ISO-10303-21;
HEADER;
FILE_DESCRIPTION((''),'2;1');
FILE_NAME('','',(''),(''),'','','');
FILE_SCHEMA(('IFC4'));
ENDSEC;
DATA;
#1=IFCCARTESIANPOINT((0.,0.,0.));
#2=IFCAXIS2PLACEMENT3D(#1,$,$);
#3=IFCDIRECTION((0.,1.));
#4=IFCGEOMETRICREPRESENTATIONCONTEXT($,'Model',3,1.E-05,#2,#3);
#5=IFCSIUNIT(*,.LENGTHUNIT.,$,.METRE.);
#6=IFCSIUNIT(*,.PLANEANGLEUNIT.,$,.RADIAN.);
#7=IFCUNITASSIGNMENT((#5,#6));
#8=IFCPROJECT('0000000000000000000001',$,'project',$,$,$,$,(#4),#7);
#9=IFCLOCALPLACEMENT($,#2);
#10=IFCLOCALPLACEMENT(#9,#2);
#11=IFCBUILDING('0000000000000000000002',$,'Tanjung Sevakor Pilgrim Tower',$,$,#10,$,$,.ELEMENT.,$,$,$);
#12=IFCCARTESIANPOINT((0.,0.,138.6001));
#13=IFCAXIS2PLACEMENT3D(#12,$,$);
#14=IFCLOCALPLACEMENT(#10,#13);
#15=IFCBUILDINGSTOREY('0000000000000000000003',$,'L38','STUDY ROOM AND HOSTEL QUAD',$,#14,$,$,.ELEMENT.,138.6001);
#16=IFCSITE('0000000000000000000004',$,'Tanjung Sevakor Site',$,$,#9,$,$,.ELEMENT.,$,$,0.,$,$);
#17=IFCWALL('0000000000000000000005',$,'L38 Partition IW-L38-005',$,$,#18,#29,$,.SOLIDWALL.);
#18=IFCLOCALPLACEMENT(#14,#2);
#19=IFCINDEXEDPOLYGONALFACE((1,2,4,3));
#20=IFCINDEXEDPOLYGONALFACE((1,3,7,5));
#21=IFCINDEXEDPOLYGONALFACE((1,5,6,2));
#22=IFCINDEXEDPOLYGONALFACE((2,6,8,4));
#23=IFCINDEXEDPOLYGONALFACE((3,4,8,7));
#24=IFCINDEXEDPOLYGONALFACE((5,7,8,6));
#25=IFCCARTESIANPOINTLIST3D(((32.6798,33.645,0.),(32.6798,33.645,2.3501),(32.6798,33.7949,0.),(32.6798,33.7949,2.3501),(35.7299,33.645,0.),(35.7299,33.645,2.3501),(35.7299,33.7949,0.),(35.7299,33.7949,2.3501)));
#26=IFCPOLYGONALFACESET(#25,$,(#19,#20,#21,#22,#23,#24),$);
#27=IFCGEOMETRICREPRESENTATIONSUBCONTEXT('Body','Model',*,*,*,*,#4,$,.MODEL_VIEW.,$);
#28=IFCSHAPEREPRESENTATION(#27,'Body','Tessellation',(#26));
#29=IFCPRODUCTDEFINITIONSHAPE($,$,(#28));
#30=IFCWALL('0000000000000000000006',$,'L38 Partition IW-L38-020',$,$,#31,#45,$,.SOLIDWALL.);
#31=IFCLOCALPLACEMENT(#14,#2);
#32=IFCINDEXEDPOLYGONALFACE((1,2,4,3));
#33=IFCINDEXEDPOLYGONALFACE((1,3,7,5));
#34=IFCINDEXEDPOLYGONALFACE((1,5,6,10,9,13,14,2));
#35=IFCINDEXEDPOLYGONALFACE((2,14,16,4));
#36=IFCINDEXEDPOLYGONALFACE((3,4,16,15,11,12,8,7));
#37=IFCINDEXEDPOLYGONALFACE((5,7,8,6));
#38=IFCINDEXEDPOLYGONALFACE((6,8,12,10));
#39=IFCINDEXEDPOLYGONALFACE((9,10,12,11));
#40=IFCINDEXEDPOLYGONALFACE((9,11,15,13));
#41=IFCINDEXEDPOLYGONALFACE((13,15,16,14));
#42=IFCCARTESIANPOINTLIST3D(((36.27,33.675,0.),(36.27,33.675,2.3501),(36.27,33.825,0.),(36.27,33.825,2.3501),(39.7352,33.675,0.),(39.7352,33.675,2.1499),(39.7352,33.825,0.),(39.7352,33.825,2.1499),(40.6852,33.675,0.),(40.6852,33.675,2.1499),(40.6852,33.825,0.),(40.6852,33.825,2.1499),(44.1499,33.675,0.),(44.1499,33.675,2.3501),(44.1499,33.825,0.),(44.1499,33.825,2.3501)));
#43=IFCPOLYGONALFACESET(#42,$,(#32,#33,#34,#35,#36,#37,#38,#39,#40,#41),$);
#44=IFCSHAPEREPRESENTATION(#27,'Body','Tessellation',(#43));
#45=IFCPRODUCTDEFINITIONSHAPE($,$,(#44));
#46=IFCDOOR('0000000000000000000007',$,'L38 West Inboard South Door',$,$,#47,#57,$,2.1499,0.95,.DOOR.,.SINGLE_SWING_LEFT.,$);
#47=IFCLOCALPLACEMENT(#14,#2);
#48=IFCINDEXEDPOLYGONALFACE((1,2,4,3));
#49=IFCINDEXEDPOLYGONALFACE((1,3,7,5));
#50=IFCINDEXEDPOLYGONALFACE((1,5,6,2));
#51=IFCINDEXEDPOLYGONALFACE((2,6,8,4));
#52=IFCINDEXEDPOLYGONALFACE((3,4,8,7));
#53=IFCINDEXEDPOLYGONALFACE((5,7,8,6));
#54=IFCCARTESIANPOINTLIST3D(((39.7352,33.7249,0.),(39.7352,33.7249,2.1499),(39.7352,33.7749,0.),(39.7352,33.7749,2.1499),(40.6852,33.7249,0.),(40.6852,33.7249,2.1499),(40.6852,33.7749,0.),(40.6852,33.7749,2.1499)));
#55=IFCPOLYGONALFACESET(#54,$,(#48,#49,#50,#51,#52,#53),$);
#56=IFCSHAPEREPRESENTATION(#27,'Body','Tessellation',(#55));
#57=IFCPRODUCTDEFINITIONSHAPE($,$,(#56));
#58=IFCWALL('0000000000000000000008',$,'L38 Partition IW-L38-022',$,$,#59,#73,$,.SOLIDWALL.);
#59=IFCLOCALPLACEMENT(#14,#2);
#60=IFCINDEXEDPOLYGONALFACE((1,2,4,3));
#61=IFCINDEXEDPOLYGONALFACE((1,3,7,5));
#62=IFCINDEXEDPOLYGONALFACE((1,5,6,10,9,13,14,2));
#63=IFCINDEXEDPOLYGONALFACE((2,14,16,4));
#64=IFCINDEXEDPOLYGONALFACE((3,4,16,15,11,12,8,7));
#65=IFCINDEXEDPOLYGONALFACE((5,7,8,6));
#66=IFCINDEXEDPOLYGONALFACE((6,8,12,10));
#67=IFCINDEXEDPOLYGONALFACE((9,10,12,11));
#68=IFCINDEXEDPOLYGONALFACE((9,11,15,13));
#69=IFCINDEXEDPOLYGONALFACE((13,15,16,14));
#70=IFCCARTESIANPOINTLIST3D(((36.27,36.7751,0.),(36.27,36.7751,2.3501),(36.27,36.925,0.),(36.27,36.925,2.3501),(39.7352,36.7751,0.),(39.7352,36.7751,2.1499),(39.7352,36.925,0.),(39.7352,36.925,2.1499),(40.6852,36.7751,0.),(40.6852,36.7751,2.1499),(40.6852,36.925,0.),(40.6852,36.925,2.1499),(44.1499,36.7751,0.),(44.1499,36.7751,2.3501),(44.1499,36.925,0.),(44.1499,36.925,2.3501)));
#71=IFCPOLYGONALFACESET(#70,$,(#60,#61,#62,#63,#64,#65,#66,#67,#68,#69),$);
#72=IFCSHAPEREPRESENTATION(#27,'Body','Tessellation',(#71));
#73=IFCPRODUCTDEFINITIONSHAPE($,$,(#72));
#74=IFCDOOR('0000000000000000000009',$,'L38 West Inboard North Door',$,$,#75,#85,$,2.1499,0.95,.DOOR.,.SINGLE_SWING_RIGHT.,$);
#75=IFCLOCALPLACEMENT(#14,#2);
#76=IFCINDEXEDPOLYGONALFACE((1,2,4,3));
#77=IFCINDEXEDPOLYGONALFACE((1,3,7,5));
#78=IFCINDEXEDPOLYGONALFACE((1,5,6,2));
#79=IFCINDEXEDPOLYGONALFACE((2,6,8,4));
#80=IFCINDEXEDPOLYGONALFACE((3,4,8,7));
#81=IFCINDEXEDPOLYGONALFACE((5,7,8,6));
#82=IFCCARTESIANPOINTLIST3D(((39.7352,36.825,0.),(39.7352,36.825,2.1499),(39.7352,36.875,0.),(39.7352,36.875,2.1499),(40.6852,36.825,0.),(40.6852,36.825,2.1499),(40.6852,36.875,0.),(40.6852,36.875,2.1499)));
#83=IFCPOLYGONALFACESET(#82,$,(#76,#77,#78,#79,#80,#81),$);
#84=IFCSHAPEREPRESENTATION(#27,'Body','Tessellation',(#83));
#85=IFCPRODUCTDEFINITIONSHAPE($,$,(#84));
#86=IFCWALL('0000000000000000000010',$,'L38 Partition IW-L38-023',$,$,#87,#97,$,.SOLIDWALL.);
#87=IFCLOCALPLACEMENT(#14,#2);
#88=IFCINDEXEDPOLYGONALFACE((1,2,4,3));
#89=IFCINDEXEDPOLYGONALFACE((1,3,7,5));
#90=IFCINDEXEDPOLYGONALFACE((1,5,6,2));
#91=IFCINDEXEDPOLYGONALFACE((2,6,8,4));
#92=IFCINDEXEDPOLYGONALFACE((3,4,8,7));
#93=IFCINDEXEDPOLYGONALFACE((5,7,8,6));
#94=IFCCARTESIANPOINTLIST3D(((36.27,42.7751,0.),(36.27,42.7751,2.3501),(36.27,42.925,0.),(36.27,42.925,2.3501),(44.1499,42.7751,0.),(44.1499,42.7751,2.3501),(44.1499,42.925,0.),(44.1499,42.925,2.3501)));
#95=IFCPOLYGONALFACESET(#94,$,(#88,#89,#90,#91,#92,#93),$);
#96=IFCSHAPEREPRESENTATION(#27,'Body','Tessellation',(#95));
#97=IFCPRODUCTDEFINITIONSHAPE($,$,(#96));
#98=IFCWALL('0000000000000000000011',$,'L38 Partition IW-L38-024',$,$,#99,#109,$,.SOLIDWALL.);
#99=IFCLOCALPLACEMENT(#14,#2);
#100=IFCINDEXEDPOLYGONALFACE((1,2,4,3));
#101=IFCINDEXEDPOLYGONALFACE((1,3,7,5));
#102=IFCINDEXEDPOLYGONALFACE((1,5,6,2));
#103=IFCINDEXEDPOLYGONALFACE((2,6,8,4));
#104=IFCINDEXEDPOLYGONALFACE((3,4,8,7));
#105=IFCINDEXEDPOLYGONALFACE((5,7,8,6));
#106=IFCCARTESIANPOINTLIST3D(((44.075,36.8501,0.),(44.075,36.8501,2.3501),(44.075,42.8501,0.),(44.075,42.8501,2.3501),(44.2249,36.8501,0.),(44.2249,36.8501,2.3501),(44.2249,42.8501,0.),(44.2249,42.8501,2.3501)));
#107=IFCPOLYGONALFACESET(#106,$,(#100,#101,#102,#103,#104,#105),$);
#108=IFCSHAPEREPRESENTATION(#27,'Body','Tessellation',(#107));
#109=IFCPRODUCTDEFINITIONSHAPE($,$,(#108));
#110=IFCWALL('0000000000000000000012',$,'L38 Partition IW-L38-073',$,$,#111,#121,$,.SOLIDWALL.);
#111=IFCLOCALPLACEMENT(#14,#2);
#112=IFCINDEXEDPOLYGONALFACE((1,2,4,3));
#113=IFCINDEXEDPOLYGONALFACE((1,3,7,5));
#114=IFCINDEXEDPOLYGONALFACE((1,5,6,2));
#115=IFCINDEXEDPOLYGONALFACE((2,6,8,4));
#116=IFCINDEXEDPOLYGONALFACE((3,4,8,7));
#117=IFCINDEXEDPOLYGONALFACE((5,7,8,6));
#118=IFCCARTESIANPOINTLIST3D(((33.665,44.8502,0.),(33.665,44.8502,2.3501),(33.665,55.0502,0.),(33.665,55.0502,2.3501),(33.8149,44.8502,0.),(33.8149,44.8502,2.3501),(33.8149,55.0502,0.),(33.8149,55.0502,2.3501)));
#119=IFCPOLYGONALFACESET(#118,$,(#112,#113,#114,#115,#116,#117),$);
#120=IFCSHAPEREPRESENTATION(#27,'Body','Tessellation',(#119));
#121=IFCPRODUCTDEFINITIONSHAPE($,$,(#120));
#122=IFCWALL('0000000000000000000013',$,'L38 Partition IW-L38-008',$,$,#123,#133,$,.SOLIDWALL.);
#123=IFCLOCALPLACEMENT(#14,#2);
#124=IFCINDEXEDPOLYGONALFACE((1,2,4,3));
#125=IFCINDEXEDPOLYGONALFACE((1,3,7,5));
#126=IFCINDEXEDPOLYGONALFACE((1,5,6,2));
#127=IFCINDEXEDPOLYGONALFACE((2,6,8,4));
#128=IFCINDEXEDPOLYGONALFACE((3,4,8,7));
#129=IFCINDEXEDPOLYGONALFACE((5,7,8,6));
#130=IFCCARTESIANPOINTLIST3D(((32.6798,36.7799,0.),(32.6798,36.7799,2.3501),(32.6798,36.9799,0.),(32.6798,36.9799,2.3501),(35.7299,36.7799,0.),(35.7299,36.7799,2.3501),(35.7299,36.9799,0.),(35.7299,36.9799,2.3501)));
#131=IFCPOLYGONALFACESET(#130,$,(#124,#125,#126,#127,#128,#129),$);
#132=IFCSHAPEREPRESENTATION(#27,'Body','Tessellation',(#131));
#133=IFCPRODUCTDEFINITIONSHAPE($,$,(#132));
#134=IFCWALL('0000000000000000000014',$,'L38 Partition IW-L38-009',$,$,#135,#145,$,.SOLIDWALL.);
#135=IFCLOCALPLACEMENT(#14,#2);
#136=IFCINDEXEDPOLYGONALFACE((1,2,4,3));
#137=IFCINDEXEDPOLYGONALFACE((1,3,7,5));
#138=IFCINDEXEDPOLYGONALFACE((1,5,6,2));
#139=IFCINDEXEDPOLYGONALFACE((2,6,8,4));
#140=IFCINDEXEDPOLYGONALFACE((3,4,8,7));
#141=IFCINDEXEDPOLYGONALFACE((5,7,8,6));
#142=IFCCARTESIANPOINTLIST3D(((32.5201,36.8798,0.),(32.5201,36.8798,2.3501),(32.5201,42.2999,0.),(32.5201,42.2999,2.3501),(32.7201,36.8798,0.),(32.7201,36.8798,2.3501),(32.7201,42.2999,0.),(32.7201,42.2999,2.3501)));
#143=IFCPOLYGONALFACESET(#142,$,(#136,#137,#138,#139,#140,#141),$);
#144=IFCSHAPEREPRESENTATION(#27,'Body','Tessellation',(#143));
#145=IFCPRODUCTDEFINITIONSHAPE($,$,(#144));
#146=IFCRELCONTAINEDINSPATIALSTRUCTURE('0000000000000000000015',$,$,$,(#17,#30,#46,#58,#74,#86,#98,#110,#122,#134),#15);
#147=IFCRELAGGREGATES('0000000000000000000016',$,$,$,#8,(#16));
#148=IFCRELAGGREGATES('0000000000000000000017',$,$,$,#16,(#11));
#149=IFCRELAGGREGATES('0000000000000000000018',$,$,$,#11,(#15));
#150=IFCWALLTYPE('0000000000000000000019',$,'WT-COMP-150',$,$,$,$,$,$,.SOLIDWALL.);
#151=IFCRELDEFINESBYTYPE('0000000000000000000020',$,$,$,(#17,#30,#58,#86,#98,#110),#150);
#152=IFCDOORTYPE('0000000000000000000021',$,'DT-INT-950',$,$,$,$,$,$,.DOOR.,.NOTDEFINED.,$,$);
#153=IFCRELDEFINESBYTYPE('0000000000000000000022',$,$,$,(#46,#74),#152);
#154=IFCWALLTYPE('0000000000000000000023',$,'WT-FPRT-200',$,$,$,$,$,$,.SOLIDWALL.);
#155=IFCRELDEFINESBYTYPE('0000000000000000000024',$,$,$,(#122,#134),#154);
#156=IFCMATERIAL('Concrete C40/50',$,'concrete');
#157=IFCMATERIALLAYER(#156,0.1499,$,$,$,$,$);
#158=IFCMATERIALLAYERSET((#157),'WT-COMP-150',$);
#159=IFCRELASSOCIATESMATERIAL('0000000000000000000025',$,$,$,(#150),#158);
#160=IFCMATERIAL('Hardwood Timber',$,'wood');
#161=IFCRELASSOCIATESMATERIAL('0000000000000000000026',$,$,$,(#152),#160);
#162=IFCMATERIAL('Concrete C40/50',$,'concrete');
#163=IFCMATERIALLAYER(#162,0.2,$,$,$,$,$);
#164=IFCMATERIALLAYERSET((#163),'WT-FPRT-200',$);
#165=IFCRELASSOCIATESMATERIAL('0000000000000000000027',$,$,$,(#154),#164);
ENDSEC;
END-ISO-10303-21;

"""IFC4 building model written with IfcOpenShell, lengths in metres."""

from ifc_helpers import new_model, si_unit, direction, frame, frame_2d, origin, place, context, subcontext, project, spatial, rectangle, extrude, material, layer, layer_set, type_object, element, fill, save


model = new_model("IFC4")

# Units and contexts
model_context = context("Model", 3, precision=1e-05, world=origin(), true_north=direction((0.0, 1.0)))
body_context = subcontext(model_context, "Body", "Model", "MODEL_VIEW")
ifc_project = project(units=[si_unit("LENGTHUNIT", "METRE"), si_unit("PLANEANGLEUNIT", "RADIAN")], contexts=[model_context])

# Site, building, storey
site_placement = place(None, origin())
site = spatial("IfcSite", under=ifc_project, at=site_placement, Name="Tanjung Sevakor Site", CompositionType="ELEMENT", RefElevation=0.0)
building_placement = place(site_placement, origin())
building = spatial("IfcBuilding", under=site, at=building_placement, Name="Tanjung Sevakor Pilgrim Tower", CompositionType="ELEMENT")
storey_placement = place(building_placement, frame((0.0, 0.0, 138.6001)))
storey = spatial("IfcBuildingStorey", under=building, at=storey_placement, Name="L38", Description="STUDY ROOM AND HOSTEL QUAD", CompositionType="ELEMENT", Elevation=138.6001)

# Shared definitions
ifc_material_1 = material(Name="Concrete C40/50", Category="concrete")
ifc_layer_1 = layer(ifc_material_1, 0.1499)
ifc_layer_set_1 = layer_set([ifc_layer_1], Name="WT-COMP-150")
wall_type_1 = type_object("IfcWallType", Name="WT-COMP-150", PredefinedType="SOLIDWALL", material=ifc_layer_set_1)

# Wall
wall_1_placement = place(storey_placement, frame((32.6799, 33.72, 0.0), z_axis=(0.0, 0.0, 1.0), x_axis=(1.0, 0.0, 0.0)))
element("IfcWall", 1, at=wall_1_placement, inside=storey, type_object=wall_type_1, Name="L38 Partition IW-L38-005", PredefinedType="SOLIDWALL", context=body_context, shape_type="SweptSolid", body=[
    extrude(rectangle(XDim=3.05, YDim=0.1499, at=frame_2d((1.5249, 0.0))), origin(), (0.0, 0.0, 1.0), 2.3501),
])

# Walls, openings, doors
wall_2_placement = place(storey_placement, frame((36.27, 33.75, 0.0), z_axis=(0.0, 0.0, 1.0), x_axis=(1.0, 0.0, 0.0)))
wall_2 = element("IfcWall", 2, at=wall_2_placement, inside=storey, type_object=wall_type_1, Name="L38 Partition IW-L38-020", PredefinedType="SOLIDWALL", context=body_context, shape_type="SweptSolid", body=[
    extrude(rectangle(XDim=7.8799, YDim=0.1499, at=frame_2d((3.9399, 0.0))), origin(), (0.0, 0.0, 1.0), 2.3501),
])
opening_1_placement = place(wall_2_placement, frame((3.4651, 0.0, 0.0)))
opening_1 = element("IfcOpeningElement", 3, at=opening_1_placement, cuts=wall_2, PredefinedType="OPENING", context=body_context, shape_type="SweptSolid", body=[
    extrude(rectangle(XDim=0.95, YDim=2.1499, at=frame_2d((0.4751, 1.075))), frame((0.0, 0.085, 0.0), z_axis=(0.0, -1.0, 0.0), x_axis=(1.0, 0.0, 0.0)), (0.0, 0.0, 1.0), 0.1699),
])
ifc_material_2 = material(Name="Hardwood Timber", Category="wood")
door_type_1 = type_object("IfcDoorType", Name="DT-INT-950", OperationType="NOTDEFINED", PredefinedType="DOOR", material=ifc_material_2)
door_1_placement = place(opening_1_placement, origin())
door_1 = element("IfcDoor", 4, at=door_1_placement, inside=storey, type_object=door_type_1, Name="L38 West Inboard South Door", OperationType="SINGLE_SWING_LEFT", OverallHeight=2.1499, OverallWidth=0.95, PredefinedType="DOOR", context=body_context, shape_type="SweptSolid", body=[
    extrude(rectangle(XDim=0.95, YDim=2.1499, at=frame_2d((0.4751, 1.075))), frame((0.0, 0.0249, 0.0), z_axis=(0.0, -1.0, 0.0), x_axis=(1.0, 0.0, 0.0)), (0.0, 0.0, 1.0), 0.05),
])
fill(opening_1, door_1)
wall_3_placement = place(storey_placement, frame((36.27, 36.8501, 0.0), z_axis=(0.0, 0.0, 1.0), x_axis=(1.0, 0.0, 0.0)))
wall_3 = element("IfcWall", 5, at=wall_3_placement, inside=storey, type_object=wall_type_1, Name="L38 Partition IW-L38-022", PredefinedType="SOLIDWALL", context=body_context, shape_type="SweptSolid", body=[
    extrude(rectangle(XDim=7.8799, YDim=0.1499, at=frame_2d((3.9399, 0.0))), origin(), (0.0, 0.0, 1.0), 2.3501),
])
opening_2_placement = place(wall_3_placement, frame((3.4651, 0.0, 0.0)))
opening_2 = element("IfcOpeningElement", 6, at=opening_2_placement, cuts=wall_3, PredefinedType="OPENING", context=body_context, shape_type="SweptSolid", body=[
    extrude(rectangle(XDim=0.95, YDim=2.1499, at=frame_2d((0.4751, 1.075))), frame((0.0, 0.085, 0.0), z_axis=(0.0, -1.0, 0.0), x_axis=(1.0, 0.0, 0.0)), (0.0, 0.0, 1.0), 0.1699),
])
door_2_placement = place(opening_2_placement, origin())
door_2 = element("IfcDoor", 7, at=door_2_placement, inside=storey, type_object=door_type_1, Name="L38 West Inboard North Door", OperationType="SINGLE_SWING_RIGHT", OverallHeight=2.1499, OverallWidth=0.95, PredefinedType="DOOR", context=body_context, shape_type="SweptSolid", body=[
    extrude(rectangle(XDim=0.95, YDim=2.1499, at=frame_2d((0.4751, 1.075))), frame((0.0, 0.0249, 0.0), z_axis=(0.0, -1.0, 0.0), x_axis=(1.0, 0.0, 0.0)), (0.0, 0.0, 1.0), 0.05),
])
fill(opening_2, door_2)

# Walls
wall_4_placement = place(storey_placement, frame((36.27, 42.8501, 0.0), z_axis=(0.0, 0.0, 1.0), x_axis=(1.0, 0.0, 0.0)))
element("IfcWall", 8, at=wall_4_placement, inside=storey, type_object=wall_type_1, Name="L38 Partition IW-L38-023", PredefinedType="SOLIDWALL", context=body_context, shape_type="SweptSolid", body=[
    extrude(rectangle(XDim=7.8799, YDim=0.1499, at=frame_2d((3.9399, 0.0))), origin(), (0.0, 0.0, 1.0), 2.3501),
])
wall_5_placement = place(storey_placement, frame((44.1499, 36.8501, 0.0), z_axis=(0.0, 0.0, 1.0), x_axis=(0.0, 1.0, 0.0)))
element("IfcWall", 9, at=wall_5_placement, inside=storey, type_object=wall_type_1, Name="L38 Partition IW-L38-024", PredefinedType="SOLIDWALL", context=body_context, shape_type="SweptSolid", body=[
    extrude(rectangle(XDim=6.0, YDim=0.1499, at=frame_2d((3.0, 0.0))), origin(), (0.0, 0.0, 1.0), 2.3501),
])
wall_6_placement = place(storey_placement, frame((33.74, 44.8501, 0.0), z_axis=(0.0, 0.0, 1.0), x_axis=(0.0, 1.0, 0.0)))
element("IfcWall", 10, at=wall_6_placement, inside=storey, type_object=wall_type_1, Name="L38 Partition IW-L38-073", PredefinedType="SOLIDWALL", context=body_context, shape_type="SweptSolid", body=[
    extrude(rectangle(XDim=10.2, YDim=0.1499, at=frame_2d((5.1001, 0.0))), origin(), (0.0, 0.0, 1.0), 2.3501),
])

# Walls
ifc_material_3 = material(Name="Concrete C40/50", Category="concrete")
ifc_layer_2 = layer(ifc_material_3, 0.2)
ifc_layer_set_2 = layer_set([ifc_layer_2], Name="WT-FPRT-200")
wall_type_2 = type_object("IfcWallType", Name="WT-FPRT-200", PredefinedType="SOLIDWALL", material=ifc_layer_set_2)
wall_7_placement = place(storey_placement, frame((32.6799, 36.8799, 0.0), z_axis=(0.0, 0.0, 1.0), x_axis=(1.0, 0.0, 0.0)))
element("IfcWall", 11, at=wall_7_placement, inside=storey, type_object=wall_type_2, Name="L38 Partition IW-L38-008", PredefinedType="SOLIDWALL", context=body_context, shape_type="SweptSolid", body=[
    extrude(rectangle(XDim=3.05, YDim=0.2, at=frame_2d((1.5249, 0.0))), origin(), (0.0, 0.0, 1.0), 2.3501),
])
wall_8_placement = place(storey_placement, frame((32.6201, 36.8799, 0.0), z_axis=(0.0, 0.0, 1.0), x_axis=(0.0, 1.0, 0.0)))
element("IfcWall", 12, at=wall_8_placement, inside=storey, type_object=wall_type_2, Name="L38 Partition IW-L38-009", PredefinedType="SOLIDWALL", context=body_context, shape_type="SweptSolid", body=[
    extrude(rectangle(XDim=5.4202, YDim=0.2, at=frame_2d((2.71, 0.0))), origin(), (0.0, 0.0, 1.0), 2.3501),
])

save(model, "model.ifc")
